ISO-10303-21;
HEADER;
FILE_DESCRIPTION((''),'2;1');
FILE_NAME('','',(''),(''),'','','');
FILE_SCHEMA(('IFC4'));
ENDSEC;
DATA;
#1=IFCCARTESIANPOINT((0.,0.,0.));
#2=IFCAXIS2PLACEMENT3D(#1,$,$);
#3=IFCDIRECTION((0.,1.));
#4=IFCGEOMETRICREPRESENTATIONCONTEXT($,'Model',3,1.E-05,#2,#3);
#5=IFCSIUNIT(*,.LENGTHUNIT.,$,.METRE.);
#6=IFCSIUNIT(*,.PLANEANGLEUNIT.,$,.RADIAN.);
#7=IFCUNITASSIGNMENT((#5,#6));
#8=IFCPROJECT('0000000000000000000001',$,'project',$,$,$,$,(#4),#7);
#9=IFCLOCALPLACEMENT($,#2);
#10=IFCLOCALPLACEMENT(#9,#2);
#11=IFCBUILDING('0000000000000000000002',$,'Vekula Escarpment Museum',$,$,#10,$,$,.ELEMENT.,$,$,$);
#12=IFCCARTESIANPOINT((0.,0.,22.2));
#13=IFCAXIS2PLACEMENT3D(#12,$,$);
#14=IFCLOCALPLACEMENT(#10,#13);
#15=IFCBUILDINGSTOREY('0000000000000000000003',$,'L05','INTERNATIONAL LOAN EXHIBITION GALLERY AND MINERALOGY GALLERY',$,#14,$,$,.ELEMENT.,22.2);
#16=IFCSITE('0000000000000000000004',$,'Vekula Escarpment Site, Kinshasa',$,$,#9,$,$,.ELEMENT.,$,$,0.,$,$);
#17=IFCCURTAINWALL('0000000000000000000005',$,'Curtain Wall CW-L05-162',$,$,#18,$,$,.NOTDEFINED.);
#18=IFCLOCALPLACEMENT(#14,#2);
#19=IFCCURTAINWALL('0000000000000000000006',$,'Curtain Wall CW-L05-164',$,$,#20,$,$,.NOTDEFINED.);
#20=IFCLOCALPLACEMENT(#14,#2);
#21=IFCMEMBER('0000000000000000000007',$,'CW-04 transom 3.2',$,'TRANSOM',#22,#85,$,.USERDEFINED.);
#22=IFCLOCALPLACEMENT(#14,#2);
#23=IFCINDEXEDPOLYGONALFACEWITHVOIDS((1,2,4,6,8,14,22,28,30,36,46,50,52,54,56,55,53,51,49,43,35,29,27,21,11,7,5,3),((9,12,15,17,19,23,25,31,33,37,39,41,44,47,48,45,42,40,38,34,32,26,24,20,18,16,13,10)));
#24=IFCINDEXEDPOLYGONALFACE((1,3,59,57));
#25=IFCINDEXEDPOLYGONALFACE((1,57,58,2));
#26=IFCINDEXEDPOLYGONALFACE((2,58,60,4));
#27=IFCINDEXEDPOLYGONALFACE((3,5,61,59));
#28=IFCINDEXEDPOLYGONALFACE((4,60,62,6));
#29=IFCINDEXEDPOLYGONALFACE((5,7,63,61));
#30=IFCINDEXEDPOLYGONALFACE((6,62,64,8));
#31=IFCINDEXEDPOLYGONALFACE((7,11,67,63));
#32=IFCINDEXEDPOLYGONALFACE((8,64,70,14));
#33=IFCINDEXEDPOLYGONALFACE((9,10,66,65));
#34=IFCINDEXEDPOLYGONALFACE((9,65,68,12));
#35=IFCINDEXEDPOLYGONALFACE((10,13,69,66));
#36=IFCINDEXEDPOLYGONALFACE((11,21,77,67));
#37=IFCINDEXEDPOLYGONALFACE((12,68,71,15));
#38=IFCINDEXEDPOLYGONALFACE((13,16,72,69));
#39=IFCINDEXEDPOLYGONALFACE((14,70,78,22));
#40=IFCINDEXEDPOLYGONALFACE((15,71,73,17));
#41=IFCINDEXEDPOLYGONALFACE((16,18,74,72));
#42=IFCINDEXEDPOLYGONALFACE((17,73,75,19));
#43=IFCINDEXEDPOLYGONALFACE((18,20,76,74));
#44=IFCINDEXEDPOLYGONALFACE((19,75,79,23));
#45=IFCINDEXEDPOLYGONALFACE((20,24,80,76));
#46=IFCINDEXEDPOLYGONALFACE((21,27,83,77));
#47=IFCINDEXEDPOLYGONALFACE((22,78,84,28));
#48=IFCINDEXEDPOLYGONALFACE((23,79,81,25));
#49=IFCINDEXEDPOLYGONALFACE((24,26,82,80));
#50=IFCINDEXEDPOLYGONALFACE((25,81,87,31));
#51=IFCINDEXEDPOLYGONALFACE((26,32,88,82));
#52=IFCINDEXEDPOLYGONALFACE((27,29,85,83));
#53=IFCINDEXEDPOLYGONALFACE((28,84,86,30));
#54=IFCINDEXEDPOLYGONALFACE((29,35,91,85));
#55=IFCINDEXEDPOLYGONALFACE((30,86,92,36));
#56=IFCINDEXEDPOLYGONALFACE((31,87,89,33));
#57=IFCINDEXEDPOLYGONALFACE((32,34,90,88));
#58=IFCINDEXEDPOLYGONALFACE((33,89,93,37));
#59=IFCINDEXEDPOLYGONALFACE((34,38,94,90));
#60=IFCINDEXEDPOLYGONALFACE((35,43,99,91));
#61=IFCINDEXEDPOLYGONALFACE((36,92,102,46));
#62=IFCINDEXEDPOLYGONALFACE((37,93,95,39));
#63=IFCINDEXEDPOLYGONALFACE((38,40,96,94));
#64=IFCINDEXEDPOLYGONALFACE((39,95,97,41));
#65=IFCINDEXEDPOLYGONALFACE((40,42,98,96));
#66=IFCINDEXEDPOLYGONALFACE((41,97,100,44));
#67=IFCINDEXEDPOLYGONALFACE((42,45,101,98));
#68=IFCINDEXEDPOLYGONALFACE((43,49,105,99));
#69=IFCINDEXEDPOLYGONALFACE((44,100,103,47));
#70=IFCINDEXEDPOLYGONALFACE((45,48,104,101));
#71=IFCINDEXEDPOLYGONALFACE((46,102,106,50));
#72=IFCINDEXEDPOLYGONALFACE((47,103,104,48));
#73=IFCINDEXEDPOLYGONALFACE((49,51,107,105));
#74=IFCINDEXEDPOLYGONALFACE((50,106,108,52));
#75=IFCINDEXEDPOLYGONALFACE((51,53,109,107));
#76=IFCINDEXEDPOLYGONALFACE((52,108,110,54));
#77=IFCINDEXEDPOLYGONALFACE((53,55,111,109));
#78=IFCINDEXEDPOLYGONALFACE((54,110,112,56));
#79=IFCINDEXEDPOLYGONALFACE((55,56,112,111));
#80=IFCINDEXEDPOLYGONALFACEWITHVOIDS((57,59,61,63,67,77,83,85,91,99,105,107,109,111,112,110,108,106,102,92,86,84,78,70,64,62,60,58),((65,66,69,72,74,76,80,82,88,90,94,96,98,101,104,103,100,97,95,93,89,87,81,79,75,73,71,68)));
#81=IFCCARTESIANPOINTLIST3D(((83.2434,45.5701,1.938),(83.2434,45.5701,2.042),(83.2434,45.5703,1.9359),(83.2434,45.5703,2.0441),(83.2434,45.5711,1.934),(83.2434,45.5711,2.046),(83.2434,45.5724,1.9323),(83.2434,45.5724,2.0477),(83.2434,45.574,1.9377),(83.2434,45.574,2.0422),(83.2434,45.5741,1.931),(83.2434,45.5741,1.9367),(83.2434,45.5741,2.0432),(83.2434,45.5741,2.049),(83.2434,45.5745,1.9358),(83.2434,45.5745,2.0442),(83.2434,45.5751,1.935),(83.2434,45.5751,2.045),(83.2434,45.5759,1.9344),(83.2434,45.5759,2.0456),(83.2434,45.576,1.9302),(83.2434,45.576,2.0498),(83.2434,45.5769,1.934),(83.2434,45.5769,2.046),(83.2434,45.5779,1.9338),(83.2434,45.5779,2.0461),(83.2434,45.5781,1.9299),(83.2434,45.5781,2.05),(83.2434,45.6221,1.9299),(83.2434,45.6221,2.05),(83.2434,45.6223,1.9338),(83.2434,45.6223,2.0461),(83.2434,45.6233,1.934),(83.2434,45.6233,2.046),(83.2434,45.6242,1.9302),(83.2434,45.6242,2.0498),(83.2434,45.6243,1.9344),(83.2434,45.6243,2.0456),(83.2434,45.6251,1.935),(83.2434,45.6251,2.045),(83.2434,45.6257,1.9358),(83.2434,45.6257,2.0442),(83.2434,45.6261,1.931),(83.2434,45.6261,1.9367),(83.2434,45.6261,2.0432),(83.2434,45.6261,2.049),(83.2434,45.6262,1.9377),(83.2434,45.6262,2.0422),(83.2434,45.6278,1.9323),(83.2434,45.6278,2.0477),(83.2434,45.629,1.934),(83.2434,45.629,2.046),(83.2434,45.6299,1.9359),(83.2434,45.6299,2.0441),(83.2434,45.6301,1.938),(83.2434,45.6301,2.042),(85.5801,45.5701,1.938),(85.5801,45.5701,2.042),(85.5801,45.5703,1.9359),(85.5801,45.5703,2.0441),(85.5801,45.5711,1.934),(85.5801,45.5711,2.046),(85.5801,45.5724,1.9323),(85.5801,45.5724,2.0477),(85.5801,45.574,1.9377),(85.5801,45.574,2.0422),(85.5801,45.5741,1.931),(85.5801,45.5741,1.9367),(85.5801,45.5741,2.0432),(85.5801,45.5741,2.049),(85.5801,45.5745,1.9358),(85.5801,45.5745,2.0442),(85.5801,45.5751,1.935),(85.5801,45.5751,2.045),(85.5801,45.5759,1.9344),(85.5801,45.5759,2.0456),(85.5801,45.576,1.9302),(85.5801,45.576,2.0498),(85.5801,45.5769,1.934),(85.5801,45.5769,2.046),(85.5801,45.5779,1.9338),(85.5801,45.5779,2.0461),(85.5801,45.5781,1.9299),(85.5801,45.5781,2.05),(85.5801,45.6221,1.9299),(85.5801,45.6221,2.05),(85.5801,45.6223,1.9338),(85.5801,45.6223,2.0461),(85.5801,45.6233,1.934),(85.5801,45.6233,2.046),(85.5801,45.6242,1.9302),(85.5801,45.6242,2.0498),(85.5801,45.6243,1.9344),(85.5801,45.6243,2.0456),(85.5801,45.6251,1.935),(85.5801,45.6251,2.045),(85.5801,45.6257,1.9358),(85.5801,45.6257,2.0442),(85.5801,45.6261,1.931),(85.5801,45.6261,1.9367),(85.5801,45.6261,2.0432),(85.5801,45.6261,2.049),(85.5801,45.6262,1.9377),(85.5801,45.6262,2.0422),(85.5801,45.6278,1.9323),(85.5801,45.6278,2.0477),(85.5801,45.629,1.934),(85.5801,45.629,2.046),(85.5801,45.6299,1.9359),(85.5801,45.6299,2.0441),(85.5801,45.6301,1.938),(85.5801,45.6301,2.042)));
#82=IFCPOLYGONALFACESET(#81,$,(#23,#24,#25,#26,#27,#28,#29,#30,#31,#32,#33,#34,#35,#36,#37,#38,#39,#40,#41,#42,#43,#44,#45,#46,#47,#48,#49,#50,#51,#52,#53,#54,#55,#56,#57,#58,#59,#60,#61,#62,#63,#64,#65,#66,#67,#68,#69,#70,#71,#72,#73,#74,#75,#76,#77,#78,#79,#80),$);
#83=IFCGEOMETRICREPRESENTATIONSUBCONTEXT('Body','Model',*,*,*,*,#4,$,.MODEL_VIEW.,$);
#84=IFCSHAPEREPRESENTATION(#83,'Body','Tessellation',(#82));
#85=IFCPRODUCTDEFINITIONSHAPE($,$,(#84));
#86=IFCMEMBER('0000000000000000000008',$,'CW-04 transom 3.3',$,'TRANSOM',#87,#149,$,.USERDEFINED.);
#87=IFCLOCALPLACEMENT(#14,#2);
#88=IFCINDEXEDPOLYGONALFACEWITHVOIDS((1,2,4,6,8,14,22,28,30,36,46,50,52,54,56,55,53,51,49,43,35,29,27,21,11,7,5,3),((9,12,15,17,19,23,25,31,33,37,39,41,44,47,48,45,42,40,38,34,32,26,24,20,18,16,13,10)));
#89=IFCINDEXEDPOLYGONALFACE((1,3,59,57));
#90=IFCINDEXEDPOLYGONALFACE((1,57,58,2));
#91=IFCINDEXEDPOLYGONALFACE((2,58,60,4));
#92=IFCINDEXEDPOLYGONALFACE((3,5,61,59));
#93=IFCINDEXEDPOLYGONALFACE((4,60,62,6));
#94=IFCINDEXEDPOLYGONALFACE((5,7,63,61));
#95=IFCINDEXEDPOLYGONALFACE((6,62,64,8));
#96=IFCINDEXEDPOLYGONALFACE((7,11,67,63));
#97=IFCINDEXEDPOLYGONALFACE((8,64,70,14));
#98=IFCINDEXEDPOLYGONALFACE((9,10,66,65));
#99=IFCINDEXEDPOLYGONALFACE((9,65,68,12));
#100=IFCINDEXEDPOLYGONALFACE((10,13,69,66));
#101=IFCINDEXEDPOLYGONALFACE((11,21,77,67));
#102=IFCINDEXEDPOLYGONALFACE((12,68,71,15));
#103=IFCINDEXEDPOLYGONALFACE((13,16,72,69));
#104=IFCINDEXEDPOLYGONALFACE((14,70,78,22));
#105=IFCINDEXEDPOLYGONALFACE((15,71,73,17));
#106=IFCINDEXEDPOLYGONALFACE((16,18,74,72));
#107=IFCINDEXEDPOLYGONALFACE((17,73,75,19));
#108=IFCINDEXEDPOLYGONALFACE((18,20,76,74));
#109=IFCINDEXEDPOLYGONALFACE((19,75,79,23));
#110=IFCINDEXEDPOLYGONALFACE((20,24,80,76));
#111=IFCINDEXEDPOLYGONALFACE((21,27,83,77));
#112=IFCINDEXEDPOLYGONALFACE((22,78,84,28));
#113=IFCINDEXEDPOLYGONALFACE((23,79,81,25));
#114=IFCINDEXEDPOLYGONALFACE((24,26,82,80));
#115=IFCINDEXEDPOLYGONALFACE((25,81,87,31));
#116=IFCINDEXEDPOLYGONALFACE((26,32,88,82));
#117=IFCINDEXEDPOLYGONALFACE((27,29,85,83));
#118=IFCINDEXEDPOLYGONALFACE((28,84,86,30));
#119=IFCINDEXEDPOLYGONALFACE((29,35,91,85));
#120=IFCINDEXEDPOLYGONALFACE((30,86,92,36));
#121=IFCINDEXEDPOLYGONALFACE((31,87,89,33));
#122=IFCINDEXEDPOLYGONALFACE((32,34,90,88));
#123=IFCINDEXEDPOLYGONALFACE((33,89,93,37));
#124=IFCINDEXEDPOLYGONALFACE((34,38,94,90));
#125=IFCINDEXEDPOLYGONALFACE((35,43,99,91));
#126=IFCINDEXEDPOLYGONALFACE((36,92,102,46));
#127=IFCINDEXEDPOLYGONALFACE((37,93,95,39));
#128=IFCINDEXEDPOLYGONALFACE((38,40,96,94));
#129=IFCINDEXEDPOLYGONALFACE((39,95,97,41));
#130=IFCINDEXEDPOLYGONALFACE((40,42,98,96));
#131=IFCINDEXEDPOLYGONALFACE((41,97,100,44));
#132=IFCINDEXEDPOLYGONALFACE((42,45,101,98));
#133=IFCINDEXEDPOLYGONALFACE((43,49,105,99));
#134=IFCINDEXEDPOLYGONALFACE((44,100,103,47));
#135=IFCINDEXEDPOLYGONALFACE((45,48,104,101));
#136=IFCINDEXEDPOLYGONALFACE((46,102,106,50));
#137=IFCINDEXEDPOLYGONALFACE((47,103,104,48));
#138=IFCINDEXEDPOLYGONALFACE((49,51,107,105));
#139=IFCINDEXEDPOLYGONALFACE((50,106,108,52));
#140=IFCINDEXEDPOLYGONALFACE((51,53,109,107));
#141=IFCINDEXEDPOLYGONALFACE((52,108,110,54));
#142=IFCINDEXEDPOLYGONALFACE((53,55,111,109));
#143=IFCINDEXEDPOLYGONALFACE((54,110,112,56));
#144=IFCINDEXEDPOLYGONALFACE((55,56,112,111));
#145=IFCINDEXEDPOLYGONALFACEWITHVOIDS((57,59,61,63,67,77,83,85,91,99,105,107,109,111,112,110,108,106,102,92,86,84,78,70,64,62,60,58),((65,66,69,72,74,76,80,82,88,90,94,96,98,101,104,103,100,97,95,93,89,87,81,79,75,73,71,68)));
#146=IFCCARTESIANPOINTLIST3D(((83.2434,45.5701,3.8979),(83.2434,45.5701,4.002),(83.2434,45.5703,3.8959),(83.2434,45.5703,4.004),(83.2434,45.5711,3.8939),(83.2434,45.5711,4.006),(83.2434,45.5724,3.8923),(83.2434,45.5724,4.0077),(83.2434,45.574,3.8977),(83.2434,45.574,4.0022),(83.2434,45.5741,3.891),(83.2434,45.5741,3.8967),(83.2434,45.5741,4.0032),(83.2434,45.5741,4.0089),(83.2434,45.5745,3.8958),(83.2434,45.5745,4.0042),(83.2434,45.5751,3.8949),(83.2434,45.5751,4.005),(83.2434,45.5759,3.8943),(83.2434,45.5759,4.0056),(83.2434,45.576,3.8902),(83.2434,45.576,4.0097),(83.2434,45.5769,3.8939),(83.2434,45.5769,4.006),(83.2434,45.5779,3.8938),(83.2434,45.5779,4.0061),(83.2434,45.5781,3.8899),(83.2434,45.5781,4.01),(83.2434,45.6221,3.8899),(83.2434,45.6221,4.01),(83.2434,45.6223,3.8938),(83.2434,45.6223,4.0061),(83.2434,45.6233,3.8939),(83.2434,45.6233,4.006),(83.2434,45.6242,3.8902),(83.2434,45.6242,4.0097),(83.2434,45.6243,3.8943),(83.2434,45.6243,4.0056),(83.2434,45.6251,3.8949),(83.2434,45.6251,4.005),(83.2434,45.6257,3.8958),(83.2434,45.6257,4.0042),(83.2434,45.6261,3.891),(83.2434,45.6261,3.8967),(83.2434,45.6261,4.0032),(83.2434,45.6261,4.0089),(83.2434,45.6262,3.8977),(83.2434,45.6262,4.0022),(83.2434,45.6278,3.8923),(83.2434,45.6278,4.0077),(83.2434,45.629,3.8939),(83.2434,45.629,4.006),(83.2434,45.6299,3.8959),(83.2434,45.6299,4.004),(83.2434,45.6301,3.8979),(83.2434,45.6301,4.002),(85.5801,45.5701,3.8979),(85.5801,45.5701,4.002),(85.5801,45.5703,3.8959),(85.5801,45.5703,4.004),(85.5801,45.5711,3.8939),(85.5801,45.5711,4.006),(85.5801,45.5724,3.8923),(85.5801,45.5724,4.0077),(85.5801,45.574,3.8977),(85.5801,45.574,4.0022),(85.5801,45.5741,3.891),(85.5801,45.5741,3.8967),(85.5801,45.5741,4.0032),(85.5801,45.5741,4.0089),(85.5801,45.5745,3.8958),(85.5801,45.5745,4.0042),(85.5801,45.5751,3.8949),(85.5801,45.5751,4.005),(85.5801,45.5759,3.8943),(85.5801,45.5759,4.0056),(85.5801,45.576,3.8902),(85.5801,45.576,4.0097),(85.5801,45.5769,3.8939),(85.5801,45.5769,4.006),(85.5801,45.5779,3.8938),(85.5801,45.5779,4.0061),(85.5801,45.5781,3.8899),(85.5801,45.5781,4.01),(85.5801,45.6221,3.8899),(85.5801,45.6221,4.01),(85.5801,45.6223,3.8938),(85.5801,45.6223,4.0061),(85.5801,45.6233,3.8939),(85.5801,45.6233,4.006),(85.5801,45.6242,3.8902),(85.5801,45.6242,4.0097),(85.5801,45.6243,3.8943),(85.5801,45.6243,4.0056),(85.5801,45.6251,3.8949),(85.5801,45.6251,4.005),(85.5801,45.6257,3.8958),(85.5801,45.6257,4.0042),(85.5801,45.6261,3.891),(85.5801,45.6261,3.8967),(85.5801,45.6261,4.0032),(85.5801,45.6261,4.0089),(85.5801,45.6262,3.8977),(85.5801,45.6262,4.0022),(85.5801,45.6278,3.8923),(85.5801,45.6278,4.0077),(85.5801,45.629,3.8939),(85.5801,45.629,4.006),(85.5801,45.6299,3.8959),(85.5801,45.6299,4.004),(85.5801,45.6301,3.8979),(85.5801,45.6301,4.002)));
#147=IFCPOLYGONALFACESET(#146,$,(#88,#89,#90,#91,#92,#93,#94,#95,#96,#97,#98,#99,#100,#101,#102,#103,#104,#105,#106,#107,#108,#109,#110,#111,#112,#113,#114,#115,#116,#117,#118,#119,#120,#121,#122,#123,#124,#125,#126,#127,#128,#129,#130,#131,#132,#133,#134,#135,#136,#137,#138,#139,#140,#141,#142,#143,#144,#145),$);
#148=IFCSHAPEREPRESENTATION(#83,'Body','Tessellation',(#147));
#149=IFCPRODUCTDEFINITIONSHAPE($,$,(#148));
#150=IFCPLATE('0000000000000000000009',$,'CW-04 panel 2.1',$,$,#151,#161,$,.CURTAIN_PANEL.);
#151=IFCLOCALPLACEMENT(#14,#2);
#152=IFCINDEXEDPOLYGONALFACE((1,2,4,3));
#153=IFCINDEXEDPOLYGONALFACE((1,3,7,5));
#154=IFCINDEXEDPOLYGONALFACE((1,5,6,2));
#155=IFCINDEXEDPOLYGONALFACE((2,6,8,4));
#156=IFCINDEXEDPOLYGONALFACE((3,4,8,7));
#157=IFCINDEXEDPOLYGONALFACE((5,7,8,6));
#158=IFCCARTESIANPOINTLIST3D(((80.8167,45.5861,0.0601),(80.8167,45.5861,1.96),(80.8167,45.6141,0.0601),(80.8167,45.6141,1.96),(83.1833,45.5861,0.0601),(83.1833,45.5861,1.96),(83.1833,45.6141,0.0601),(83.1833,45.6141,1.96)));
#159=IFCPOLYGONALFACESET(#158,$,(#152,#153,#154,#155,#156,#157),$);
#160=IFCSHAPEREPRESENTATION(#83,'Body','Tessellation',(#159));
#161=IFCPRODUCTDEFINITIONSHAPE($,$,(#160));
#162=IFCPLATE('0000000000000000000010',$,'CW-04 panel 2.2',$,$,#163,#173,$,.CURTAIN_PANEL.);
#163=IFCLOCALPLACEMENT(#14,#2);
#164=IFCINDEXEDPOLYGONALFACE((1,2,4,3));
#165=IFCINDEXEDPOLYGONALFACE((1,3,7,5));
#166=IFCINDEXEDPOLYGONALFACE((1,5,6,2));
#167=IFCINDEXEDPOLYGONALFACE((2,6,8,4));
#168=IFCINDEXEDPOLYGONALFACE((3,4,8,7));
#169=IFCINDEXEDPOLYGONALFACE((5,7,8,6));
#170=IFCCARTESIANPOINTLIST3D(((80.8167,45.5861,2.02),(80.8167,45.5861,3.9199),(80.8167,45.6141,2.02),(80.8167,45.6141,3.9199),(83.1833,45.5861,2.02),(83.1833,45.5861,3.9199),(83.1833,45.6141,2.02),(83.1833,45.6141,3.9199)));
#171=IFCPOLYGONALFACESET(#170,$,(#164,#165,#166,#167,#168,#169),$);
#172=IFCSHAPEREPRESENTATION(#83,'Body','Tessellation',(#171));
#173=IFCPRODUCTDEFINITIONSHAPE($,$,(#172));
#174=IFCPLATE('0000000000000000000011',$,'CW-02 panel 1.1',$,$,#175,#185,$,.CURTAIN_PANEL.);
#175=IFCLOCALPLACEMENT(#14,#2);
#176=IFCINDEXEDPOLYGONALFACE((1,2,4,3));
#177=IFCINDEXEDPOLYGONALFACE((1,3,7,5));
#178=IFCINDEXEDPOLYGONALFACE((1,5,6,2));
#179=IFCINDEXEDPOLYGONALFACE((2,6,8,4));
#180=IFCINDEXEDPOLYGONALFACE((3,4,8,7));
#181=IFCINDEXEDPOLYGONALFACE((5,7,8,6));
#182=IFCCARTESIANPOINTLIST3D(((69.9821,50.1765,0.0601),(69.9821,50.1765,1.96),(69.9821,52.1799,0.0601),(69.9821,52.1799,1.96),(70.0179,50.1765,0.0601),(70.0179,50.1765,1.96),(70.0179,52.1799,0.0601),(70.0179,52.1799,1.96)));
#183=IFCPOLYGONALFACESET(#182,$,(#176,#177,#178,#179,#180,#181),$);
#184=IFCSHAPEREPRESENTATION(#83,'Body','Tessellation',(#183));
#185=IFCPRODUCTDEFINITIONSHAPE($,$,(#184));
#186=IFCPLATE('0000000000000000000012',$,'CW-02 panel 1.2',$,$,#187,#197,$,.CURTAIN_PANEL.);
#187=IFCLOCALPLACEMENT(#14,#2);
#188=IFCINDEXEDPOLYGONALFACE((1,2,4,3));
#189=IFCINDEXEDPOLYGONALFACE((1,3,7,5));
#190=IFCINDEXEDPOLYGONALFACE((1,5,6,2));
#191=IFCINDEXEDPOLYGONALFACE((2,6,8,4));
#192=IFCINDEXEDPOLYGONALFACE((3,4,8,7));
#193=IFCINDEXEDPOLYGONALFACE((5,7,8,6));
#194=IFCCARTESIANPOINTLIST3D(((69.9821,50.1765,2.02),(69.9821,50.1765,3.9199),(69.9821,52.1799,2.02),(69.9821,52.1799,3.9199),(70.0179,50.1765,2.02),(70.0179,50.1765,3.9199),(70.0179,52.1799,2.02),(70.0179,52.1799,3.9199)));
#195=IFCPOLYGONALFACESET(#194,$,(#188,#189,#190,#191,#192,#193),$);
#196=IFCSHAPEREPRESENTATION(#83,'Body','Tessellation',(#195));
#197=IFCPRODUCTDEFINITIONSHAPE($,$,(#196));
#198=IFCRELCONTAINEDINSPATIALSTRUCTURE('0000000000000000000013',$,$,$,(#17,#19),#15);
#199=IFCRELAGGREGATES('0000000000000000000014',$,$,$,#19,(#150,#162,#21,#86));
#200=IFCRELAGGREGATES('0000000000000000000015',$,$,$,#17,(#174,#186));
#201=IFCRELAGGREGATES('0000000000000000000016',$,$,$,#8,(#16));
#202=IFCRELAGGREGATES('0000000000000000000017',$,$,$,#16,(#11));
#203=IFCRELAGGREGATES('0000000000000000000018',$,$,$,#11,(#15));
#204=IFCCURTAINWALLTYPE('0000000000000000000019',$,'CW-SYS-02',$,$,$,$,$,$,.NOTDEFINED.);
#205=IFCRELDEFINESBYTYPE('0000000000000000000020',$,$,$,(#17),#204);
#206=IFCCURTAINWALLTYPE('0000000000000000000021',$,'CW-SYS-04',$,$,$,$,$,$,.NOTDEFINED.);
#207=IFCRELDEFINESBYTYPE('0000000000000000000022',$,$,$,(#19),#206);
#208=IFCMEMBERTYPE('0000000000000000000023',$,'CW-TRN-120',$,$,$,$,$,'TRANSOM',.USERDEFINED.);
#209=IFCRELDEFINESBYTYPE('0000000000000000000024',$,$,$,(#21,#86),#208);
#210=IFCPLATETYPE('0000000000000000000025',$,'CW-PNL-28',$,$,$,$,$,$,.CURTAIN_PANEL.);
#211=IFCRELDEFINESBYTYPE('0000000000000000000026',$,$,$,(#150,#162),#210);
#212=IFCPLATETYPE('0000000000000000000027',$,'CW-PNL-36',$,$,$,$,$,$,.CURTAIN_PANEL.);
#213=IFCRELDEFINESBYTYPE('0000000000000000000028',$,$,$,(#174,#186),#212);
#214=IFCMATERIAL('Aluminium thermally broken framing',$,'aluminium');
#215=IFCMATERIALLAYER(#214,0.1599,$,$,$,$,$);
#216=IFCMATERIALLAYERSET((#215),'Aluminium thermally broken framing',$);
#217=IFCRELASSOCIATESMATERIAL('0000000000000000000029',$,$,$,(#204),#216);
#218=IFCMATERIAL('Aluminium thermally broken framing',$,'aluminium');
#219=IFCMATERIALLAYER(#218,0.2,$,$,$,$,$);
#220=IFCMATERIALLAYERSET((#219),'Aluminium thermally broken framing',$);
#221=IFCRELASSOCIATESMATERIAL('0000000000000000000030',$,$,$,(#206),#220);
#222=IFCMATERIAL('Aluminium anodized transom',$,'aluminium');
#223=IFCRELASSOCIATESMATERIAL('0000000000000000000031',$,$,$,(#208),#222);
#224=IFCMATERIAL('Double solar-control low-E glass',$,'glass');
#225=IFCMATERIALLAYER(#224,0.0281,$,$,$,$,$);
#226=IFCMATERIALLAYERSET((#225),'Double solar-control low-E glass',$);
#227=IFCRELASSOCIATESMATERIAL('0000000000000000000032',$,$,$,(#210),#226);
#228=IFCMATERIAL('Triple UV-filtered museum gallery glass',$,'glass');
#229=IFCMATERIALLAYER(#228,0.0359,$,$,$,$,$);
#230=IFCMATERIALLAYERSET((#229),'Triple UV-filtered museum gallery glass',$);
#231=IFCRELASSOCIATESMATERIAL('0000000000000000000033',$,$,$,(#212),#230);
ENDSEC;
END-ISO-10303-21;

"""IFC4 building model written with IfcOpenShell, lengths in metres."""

from ifc_helpers import new_model, si_unit, direction, frame, origin, origin_2d, place, context, subcontext, project, spatial, rectangle, hollow_rectangle, extrude, material, layer, layer_set, material_profile, profile_set, type_object, element, aggregate, save


model = new_model("IFC4")

# Units and contexts
model_context = context("Model", 3, precision=1e-05, world=origin(), true_north=direction((0.0, 1.0)))
body_context = subcontext(model_context, "Body", "Model", "MODEL_VIEW")
ifc_project = project(units=[si_unit("LENGTHUNIT", "METRE"), si_unit("PLANEANGLEUNIT", "RADIAN")], contexts=[model_context])

# Site, building, storey
site_placement = place(None, origin())
site = spatial("IfcSite", under=ifc_project, at=site_placement, Name="Vekula Escarpment Site, Kinshasa", CompositionType="ELEMENT", RefElevation=0.0)
building_placement = place(site_placement, origin())
building = spatial("IfcBuilding", under=site, at=building_placement, Name="Vekula Escarpment Museum", CompositionType="ELEMENT")
storey_placement = place(building_placement, frame((0.0, 0.0, 22.2)))
storey = spatial("IfcBuildingStorey", under=building, at=storey_placement, Name="L05", Description="INTERNATIONAL LOAN EXHIBITION GALLERY AND MINERALOGY GALLERY", CompositionType="ELEMENT", Elevation=22.2)

# Curtain walls
ifc_material_1 = material(Name="Aluminium thermally broken framing", Category="aluminium")
ifc_layer_1 = layer(ifc_material_1, 0.1599)
ifc_layer_set_1 = layer_set([ifc_layer_1], Name="Aluminium thermally broken framing")
curtain_wall_type_1 = type_object("IfcCurtainWallType", Name="CW-SYS-02", PredefinedType="NOTDEFINED", material=ifc_layer_set_1)
curtain_wall_1_placement = place(storey_placement, origin())
curtain_wall_1 = element("IfcCurtainWall", 1, at=curtain_wall_1_placement, inside=storey, type_object=curtain_wall_type_1, Name="Curtain Wall CW-L05-162", PredefinedType="NOTDEFINED")
ifc_material_2 = material(Name="Aluminium thermally broken framing", Category="aluminium")
ifc_layer_2 = layer(ifc_material_2, 0.2)
ifc_layer_set_2 = layer_set([ifc_layer_2], Name="Aluminium thermally broken framing")
curtain_wall_type_2 = type_object("IfcCurtainWallType", Name="CW-SYS-04", PredefinedType="NOTDEFINED", material=ifc_layer_set_2)
curtain_wall_2_placement = place(storey_placement, origin())
curtain_wall_2 = element("IfcCurtainWall", 2, at=curtain_wall_2_placement, inside=storey, type_object=curtain_wall_type_2, Name="Curtain Wall CW-L05-164", PredefinedType="NOTDEFINED")

# Members
ifc_material_3 = material(Name="Aluminium anodized transom", Category="aluminium")
ifc_material_profile_1 = material_profile(ifc_material_3, hollow_rectangle(XDim=0.0601, YDim=0.1201, WallThickness=0.0039, InnerFilletRadius=0.0039, OuterFilletRadius=0.0081, at=origin_2d()), Name="ALU 120x60x4")
ifc_profile_set_1 = profile_set([ifc_material_profile_1], Name="Aluminium anodized transom")
member_type_1 = type_object("IfcMemberType", Name="CW-TRN-120", ElementType="TRANSOM", PredefinedType="USERDEFINED", material=ifc_profile_set_1)
member_1_placement = place(storey_placement, frame((83.2434, 45.6001, 1.99), z_axis=(1.0, 0.0, 0.0), x_axis=(0.0, 1.0, 0.0)))
member_1 = element("IfcMember", 3, at=member_1_placement, type_object=member_type_1, Name="CW-04 transom 3.2", ObjectType="TRANSOM", PredefinedType="USERDEFINED", context=body_context, shape_type="SweptSolid", body=[
    extrude(hollow_rectangle(XDim=0.0601, YDim=0.1201, WallThickness=0.0039, InnerFilletRadius=0.0039, OuterFilletRadius=0.0081, at=origin_2d()), origin(), (0.0, 0.0, 1.0), 2.3367),
])
member_2_placement = place(storey_placement, frame((83.2434, 45.6001, 3.95), z_axis=(1.0, 0.0, 0.0), x_axis=(0.0, 1.0, 0.0)))
member_2 = element("IfcMember", 4, at=member_2_placement, type_object=member_type_1, Name="CW-04 transom 3.3", ObjectType="TRANSOM", PredefinedType="USERDEFINED", context=body_context, shape_type="SweptSolid", body=[
    extrude(hollow_rectangle(XDim=0.0601, YDim=0.1201, WallThickness=0.0039, InnerFilletRadius=0.0039, OuterFilletRadius=0.0081, at=origin_2d()), origin(), (0.0, 0.0, 1.0), 2.3367),
])

# Plates
ifc_material_4 = material(Name="Double solar-control low-E glass", Category="glass")
ifc_layer_3 = layer(ifc_material_4, 0.0281)
ifc_layer_set_3 = layer_set([ifc_layer_3], Name="Double solar-control low-E glass")
plate_type_1 = type_object("IfcPlateType", Name="CW-PNL-28", PredefinedType="CURTAIN_PANEL", material=ifc_layer_set_3)
plate_1_placement = place(storey_placement, frame((82.0, 45.6001, 0.0601), z_axis=(0.0, 0.0, 1.0), x_axis=(1.0, 0.0, 0.0)))
plate_1 = element("IfcPlate", 5, at=plate_1_placement, type_object=plate_type_1, Name="CW-04 panel 2.1", PredefinedType="CURTAIN_PANEL", context=body_context, shape_type="SweptSolid", body=[
    extrude(rectangle(XDim=2.3667, YDim=0.0281, at=origin_2d()), origin(), (0.0, 0.0, 1.0), 1.8999),
])
plate_2_placement = place(storey_placement, frame((82.0, 45.6001, 2.02), z_axis=(0.0, 0.0, 1.0), x_axis=(1.0, 0.0, 0.0)))
plate_2 = element("IfcPlate", 6, at=plate_2_placement, type_object=plate_type_1, Name="CW-04 panel 2.2", PredefinedType="CURTAIN_PANEL", context=body_context, shape_type="SweptSolid", body=[
    extrude(rectangle(XDim=2.3667, YDim=0.0281, at=origin_2d()), origin(), (0.0, 0.0, 1.0), 1.8999),
])
aggregate(curtain_wall_2, [plate_1, plate_2, member_1, member_2])
ifc_material_5 = material(Name="Triple UV-filtered museum gallery glass", Category="glass")
ifc_layer_4 = layer(ifc_material_5, 0.0359)
ifc_layer_set_4 = layer_set([ifc_layer_4], Name="Triple UV-filtered museum gallery glass")
plate_type_2 = type_object("IfcPlateType", Name="CW-PNL-36", PredefinedType="CURTAIN_PANEL", material=ifc_layer_set_4)
plate_3_placement = place(storey_placement, frame((70.0, 51.1782, 0.0601), z_axis=(0.0, 0.0, 1.0), x_axis=(0.0, -1.0, 0.0)))
plate_3 = element("IfcPlate", 7, at=plate_3_placement, type_object=plate_type_2, Name="CW-02 panel 1.1", PredefinedType="CURTAIN_PANEL", context=body_context, shape_type="SweptSolid", body=[
    extrude(rectangle(XDim=2.0034, YDim=0.0359, at=origin_2d()), origin(), (0.0, 0.0, 1.0), 1.8999),
])
plate_4_placement = place(storey_placement, frame((70.0, 51.1782, 2.02), z_axis=(0.0, 0.0, 1.0), x_axis=(0.0, -1.0, 0.0)))
plate_4 = element("IfcPlate", 8, at=plate_4_placement, type_object=plate_type_2, Name="CW-02 panel 1.2", PredefinedType="CURTAIN_PANEL", context=body_context, shape_type="SweptSolid", body=[
    extrude(rectangle(XDim=2.0034, YDim=0.0359, at=origin_2d()), origin(), (0.0, 0.0, 1.0), 1.8999),
])
aggregate(curtain_wall_1, [plate_3, plate_4])

save(model, "model.ifc")
